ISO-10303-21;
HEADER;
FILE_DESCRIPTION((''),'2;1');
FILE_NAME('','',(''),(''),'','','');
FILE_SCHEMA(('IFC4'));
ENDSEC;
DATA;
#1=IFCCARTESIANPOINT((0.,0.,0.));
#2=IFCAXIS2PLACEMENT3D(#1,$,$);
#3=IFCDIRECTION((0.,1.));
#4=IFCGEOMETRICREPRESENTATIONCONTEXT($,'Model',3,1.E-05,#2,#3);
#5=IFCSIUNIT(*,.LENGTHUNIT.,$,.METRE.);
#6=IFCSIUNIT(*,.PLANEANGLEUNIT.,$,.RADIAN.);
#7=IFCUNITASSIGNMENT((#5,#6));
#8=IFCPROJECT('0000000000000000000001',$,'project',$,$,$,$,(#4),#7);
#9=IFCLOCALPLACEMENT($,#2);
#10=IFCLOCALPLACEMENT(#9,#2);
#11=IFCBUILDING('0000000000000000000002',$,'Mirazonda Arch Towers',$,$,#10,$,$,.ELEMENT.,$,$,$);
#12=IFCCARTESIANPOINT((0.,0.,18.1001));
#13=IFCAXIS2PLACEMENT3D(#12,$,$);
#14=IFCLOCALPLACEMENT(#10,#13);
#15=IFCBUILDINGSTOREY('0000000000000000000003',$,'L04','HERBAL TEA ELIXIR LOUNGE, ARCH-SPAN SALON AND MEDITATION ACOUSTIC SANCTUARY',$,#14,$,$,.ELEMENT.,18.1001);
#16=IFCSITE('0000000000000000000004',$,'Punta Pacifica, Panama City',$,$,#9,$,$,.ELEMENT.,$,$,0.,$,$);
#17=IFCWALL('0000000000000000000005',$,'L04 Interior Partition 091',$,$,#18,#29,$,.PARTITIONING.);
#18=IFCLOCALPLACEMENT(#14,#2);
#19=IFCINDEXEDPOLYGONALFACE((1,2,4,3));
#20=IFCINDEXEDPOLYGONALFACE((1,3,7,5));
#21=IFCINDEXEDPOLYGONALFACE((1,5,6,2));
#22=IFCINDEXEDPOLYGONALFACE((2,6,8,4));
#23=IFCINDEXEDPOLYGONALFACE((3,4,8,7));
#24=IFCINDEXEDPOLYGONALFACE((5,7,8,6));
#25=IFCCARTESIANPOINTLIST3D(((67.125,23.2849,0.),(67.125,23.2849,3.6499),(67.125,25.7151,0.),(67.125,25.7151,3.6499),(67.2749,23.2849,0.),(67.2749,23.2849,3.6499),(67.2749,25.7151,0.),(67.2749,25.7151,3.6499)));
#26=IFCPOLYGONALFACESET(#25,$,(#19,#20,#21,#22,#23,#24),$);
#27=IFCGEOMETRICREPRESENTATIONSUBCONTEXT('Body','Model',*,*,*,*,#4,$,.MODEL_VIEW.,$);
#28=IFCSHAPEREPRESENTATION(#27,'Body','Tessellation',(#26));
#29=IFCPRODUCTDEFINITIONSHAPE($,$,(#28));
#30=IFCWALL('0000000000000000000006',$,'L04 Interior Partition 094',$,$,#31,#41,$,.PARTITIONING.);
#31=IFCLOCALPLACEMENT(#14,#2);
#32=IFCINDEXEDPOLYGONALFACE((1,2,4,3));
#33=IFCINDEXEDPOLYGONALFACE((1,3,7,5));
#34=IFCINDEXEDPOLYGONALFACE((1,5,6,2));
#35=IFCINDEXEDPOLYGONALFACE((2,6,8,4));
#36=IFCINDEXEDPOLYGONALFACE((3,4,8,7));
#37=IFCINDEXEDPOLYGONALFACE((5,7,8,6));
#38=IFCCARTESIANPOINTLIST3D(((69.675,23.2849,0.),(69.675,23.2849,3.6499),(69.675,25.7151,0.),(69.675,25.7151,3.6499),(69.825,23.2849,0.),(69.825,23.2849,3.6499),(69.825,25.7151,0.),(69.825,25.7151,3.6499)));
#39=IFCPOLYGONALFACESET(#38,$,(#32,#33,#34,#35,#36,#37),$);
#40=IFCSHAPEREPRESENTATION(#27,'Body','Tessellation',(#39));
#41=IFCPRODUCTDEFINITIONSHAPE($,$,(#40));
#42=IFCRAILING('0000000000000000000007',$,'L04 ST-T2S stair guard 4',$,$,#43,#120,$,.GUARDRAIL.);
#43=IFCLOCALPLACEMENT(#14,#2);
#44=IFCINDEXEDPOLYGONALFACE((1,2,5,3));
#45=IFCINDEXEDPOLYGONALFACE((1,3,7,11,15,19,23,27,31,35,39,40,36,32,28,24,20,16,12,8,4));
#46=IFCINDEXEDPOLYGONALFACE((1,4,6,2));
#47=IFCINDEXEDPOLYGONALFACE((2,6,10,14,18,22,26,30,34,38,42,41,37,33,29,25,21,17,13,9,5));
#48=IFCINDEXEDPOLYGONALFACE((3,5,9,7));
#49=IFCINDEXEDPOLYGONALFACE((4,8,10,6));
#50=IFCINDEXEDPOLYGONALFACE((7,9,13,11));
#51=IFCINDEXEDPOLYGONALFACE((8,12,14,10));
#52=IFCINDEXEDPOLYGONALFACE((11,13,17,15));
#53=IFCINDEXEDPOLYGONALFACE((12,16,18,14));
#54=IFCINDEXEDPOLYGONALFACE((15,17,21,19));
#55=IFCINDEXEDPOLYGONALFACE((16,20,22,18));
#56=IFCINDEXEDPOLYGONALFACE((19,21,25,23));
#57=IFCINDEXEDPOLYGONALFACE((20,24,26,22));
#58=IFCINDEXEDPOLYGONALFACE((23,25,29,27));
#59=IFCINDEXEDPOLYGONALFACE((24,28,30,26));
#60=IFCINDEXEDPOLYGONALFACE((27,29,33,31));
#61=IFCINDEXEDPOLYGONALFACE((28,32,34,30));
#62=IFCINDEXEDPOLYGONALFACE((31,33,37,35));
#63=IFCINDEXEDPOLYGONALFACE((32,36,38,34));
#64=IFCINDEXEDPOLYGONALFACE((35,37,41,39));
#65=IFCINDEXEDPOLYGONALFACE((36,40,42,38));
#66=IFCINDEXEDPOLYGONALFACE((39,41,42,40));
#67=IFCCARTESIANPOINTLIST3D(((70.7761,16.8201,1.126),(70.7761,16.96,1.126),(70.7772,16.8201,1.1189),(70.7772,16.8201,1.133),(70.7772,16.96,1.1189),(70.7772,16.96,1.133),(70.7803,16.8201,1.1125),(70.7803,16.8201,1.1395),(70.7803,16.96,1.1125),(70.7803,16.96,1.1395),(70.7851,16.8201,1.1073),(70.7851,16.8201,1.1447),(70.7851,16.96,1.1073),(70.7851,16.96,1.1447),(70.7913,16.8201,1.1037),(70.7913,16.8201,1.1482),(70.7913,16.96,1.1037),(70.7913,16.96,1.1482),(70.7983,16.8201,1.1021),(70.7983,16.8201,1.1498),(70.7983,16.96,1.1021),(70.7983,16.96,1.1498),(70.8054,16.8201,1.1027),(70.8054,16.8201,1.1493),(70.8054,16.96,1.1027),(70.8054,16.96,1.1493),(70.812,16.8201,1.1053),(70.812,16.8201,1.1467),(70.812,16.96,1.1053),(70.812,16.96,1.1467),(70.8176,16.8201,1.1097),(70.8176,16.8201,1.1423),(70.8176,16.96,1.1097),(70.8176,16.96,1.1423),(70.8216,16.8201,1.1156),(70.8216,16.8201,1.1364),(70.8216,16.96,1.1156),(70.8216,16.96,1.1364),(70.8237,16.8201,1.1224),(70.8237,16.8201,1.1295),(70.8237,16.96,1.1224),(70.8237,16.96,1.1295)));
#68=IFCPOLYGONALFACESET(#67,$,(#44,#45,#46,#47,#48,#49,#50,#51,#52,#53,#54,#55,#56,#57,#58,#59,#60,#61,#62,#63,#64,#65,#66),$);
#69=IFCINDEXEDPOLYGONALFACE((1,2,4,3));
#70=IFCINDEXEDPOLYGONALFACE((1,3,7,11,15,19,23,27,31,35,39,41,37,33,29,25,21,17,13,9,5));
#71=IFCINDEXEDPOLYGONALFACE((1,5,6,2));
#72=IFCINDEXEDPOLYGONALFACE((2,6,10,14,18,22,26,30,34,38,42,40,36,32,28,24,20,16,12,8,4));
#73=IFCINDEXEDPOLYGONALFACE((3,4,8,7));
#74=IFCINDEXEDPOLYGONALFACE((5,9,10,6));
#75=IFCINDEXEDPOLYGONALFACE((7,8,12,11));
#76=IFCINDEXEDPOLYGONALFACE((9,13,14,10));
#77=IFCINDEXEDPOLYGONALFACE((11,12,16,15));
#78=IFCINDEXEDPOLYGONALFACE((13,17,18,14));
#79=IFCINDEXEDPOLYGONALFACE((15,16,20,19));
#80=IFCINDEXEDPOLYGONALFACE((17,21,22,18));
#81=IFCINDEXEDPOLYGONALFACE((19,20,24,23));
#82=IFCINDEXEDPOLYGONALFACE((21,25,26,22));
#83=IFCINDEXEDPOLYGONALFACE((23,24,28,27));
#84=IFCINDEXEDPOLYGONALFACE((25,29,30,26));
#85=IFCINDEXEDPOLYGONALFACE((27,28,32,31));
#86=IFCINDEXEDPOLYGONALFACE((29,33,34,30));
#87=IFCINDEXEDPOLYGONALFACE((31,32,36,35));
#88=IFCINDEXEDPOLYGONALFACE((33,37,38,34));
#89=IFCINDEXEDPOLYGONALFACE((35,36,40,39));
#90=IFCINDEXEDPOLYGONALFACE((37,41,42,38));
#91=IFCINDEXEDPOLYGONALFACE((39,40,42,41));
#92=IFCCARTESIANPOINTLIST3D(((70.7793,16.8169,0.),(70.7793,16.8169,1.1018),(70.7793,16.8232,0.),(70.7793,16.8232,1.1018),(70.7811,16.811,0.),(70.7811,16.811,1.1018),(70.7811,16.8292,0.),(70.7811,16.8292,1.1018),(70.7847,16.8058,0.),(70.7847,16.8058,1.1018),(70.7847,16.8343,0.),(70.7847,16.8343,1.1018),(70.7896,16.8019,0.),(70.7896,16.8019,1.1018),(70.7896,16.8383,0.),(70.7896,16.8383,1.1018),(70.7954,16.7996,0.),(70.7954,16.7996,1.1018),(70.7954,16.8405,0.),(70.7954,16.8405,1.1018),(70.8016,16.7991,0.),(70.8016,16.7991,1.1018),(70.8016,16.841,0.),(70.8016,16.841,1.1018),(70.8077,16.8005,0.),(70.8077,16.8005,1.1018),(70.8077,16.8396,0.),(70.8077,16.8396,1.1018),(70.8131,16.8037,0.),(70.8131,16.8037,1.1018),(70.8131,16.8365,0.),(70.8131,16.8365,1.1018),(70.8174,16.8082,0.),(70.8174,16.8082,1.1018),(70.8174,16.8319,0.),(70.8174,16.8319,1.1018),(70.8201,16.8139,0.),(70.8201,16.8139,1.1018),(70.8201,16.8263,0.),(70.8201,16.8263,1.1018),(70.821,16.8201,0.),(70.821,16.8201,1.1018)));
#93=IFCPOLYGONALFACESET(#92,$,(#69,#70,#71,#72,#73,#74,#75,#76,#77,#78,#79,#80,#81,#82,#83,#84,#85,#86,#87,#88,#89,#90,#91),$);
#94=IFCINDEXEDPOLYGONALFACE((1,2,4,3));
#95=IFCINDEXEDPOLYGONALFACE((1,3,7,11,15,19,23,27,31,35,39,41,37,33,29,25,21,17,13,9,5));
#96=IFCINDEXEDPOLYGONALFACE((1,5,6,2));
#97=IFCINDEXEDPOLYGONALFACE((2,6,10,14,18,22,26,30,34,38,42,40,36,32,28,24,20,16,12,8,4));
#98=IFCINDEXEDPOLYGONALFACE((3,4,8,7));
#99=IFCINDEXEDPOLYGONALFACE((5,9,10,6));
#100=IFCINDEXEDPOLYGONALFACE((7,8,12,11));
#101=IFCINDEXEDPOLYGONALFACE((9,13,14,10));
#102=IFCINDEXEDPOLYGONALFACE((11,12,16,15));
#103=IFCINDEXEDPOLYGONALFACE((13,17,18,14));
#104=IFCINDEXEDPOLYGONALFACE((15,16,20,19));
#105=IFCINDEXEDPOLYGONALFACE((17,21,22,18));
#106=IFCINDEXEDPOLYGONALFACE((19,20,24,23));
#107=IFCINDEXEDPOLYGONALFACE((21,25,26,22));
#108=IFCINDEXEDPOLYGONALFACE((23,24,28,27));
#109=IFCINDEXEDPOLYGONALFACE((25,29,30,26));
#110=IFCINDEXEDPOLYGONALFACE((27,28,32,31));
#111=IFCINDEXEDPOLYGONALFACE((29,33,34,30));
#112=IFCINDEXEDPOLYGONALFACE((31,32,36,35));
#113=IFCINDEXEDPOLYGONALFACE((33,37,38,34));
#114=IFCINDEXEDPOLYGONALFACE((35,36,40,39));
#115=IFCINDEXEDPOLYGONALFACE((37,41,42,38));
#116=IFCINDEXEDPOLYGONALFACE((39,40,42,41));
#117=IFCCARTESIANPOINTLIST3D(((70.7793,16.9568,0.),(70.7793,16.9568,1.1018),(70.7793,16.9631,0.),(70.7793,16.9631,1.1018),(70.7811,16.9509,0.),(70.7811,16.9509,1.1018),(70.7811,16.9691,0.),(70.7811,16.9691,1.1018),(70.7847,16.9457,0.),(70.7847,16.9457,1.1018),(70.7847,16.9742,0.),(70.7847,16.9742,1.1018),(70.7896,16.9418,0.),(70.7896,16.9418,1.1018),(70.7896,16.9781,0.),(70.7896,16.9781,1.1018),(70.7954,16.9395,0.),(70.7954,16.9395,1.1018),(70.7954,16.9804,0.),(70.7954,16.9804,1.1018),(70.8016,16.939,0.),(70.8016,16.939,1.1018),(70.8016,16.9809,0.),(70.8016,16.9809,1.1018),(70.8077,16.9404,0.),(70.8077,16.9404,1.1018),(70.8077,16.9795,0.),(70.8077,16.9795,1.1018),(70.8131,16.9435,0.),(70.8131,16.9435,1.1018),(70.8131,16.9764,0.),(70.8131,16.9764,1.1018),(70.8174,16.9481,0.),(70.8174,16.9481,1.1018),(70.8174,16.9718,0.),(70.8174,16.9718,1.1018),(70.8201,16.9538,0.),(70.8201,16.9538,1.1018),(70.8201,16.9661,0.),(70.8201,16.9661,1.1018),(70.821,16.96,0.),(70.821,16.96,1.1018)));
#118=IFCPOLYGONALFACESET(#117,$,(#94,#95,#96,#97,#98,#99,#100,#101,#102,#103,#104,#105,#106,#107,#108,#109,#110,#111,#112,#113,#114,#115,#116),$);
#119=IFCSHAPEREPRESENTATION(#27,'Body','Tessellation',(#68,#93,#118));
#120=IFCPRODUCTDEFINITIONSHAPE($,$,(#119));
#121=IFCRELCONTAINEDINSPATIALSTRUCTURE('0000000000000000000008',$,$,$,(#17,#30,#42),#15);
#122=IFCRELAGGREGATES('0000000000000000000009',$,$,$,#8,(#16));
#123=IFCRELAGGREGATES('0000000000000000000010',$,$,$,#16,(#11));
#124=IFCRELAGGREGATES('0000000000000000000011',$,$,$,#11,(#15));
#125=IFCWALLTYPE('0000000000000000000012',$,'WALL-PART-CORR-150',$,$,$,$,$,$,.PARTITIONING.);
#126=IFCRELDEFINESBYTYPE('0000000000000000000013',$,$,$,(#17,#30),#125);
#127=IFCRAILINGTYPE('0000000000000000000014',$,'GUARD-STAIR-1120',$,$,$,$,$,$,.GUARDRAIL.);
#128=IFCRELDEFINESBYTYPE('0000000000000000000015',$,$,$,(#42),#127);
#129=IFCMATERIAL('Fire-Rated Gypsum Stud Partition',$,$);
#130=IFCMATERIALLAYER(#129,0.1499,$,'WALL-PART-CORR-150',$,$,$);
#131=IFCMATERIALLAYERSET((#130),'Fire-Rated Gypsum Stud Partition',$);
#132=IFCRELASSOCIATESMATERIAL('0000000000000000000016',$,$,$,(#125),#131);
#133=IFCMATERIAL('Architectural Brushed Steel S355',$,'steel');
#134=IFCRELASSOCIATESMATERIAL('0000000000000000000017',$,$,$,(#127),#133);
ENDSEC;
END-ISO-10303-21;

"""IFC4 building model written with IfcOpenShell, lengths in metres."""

from ifc_helpers import new_model, si_unit, direction, frame, frame_2d, origin, origin_2d, place, context, subcontext, project, spatial, rectangle, circle, extrude, material, layer, layer_set, type_object, element, save


model = new_model("IFC4")

# Units and contexts
model_context = context("Model", 3, precision=1e-05, world=origin(), true_north=direction((0.0, 1.0)))
body_context = subcontext(model_context, "Body", "Model", "MODEL_VIEW")
ifc_project = project(units=[si_unit("LENGTHUNIT", "METRE"), si_unit("PLANEANGLEUNIT", "RADIAN")], contexts=[model_context])

# Site, building, storey
site_placement = place(None, origin())
site = spatial("IfcSite", under=ifc_project, at=site_placement, Name="Punta Pacifica, Panama City", CompositionType="ELEMENT", RefElevation=0.0)
building_placement = place(site_placement, origin())
building = spatial("IfcBuilding", under=site, at=building_placement, Name="Mirazonda Arch Towers", CompositionType="ELEMENT")
storey_placement = place(building_placement, frame((0.0, 0.0, 18.1001)))
storey = spatial("IfcBuildingStorey", under=building, at=storey_placement, Name="L04", Description="HERBAL TEA ELIXIR LOUNGE, ARCH-SPAN SALON AND MEDITATION ACOUSTIC SANCTUARY", CompositionType="ELEMENT", Elevation=18.1001)

# Shared definitions
ifc_material_1 = material(Name="Architectural Brushed Steel S355", Category="steel")

# Shared definitions
ifc_material_2 = material(Name="Fire-Rated Gypsum Stud Partition")
ifc_layer_1 = layer(ifc_material_2, 0.1499, Name="WALL-PART-CORR-150")
ifc_layer_set_1 = layer_set([ifc_layer_1], Name="Fire-Rated Gypsum Stud Partition")
wall_type_1 = type_object("IfcWallType", Name="WALL-PART-CORR-150", PredefinedType="PARTITIONING", material=ifc_layer_set_1)

# Walls
for number, where, z_axis, x_axis, name in (
    (1, (67.2, 23.2849, 0.0), (0.0, 0.0, 1.0), (0.0, 1.0, 0.0), "L04 Interior Partition 091"),
    (2, (69.75, 23.2849, 0.0), (0.0, 0.0, 1.0), (0.0, 1.0, 0.0), "L04 Interior Partition 094"),
):
    element("IfcWall", number, at=place(storey_placement, frame(where, z_axis=z_axis, x_axis=x_axis)), inside=storey, type_object=wall_type_1, Name=name, PredefinedType="PARTITIONING", context=body_context, shape_type="SweptSolid", body=[
        extrude(rectangle(XDim=2.4302, YDim=0.1499, at=frame_2d((1.2151, 0.0))), origin(), (0.0, 0.0, 1.0), 3.6499),
    ])

# Railing
railing_type = type_object("IfcRailingType", Name="GUARD-STAIR-1120", PredefinedType="GUARDRAIL", material=ifc_material_1)
railing_placement = place(storey_placement, frame((70.8, 16.8201, 0.0)))
element("IfcRailing", 3, at=railing_placement, inside=storey, type_object=railing_type, Name="L04 ST-T2S stair guard 4", PredefinedType="GUARDRAIL", context=body_context, shape_type="SweptSolid", body=[
    extrude(circle(Radius=0.0239, at=origin_2d()), frame((0.0, 0.0, 1.126), z_axis=(0.0, 1.0, 0.0), x_axis=(-1.0, 0.0, 0.0)), (0.0, 0.0, 1.0), 0.1399),
    extrude(circle(Radius=0.021, at=origin_2d()), origin(), (0.0, 0.0, 1.0), 1.1018),
    extrude(circle(Radius=0.021, at=origin_2d()), frame((0.0, 0.1399, 0.0)), (0.0, 0.0, 1.0), 1.1018),
])

save(model, "model.ifc")
